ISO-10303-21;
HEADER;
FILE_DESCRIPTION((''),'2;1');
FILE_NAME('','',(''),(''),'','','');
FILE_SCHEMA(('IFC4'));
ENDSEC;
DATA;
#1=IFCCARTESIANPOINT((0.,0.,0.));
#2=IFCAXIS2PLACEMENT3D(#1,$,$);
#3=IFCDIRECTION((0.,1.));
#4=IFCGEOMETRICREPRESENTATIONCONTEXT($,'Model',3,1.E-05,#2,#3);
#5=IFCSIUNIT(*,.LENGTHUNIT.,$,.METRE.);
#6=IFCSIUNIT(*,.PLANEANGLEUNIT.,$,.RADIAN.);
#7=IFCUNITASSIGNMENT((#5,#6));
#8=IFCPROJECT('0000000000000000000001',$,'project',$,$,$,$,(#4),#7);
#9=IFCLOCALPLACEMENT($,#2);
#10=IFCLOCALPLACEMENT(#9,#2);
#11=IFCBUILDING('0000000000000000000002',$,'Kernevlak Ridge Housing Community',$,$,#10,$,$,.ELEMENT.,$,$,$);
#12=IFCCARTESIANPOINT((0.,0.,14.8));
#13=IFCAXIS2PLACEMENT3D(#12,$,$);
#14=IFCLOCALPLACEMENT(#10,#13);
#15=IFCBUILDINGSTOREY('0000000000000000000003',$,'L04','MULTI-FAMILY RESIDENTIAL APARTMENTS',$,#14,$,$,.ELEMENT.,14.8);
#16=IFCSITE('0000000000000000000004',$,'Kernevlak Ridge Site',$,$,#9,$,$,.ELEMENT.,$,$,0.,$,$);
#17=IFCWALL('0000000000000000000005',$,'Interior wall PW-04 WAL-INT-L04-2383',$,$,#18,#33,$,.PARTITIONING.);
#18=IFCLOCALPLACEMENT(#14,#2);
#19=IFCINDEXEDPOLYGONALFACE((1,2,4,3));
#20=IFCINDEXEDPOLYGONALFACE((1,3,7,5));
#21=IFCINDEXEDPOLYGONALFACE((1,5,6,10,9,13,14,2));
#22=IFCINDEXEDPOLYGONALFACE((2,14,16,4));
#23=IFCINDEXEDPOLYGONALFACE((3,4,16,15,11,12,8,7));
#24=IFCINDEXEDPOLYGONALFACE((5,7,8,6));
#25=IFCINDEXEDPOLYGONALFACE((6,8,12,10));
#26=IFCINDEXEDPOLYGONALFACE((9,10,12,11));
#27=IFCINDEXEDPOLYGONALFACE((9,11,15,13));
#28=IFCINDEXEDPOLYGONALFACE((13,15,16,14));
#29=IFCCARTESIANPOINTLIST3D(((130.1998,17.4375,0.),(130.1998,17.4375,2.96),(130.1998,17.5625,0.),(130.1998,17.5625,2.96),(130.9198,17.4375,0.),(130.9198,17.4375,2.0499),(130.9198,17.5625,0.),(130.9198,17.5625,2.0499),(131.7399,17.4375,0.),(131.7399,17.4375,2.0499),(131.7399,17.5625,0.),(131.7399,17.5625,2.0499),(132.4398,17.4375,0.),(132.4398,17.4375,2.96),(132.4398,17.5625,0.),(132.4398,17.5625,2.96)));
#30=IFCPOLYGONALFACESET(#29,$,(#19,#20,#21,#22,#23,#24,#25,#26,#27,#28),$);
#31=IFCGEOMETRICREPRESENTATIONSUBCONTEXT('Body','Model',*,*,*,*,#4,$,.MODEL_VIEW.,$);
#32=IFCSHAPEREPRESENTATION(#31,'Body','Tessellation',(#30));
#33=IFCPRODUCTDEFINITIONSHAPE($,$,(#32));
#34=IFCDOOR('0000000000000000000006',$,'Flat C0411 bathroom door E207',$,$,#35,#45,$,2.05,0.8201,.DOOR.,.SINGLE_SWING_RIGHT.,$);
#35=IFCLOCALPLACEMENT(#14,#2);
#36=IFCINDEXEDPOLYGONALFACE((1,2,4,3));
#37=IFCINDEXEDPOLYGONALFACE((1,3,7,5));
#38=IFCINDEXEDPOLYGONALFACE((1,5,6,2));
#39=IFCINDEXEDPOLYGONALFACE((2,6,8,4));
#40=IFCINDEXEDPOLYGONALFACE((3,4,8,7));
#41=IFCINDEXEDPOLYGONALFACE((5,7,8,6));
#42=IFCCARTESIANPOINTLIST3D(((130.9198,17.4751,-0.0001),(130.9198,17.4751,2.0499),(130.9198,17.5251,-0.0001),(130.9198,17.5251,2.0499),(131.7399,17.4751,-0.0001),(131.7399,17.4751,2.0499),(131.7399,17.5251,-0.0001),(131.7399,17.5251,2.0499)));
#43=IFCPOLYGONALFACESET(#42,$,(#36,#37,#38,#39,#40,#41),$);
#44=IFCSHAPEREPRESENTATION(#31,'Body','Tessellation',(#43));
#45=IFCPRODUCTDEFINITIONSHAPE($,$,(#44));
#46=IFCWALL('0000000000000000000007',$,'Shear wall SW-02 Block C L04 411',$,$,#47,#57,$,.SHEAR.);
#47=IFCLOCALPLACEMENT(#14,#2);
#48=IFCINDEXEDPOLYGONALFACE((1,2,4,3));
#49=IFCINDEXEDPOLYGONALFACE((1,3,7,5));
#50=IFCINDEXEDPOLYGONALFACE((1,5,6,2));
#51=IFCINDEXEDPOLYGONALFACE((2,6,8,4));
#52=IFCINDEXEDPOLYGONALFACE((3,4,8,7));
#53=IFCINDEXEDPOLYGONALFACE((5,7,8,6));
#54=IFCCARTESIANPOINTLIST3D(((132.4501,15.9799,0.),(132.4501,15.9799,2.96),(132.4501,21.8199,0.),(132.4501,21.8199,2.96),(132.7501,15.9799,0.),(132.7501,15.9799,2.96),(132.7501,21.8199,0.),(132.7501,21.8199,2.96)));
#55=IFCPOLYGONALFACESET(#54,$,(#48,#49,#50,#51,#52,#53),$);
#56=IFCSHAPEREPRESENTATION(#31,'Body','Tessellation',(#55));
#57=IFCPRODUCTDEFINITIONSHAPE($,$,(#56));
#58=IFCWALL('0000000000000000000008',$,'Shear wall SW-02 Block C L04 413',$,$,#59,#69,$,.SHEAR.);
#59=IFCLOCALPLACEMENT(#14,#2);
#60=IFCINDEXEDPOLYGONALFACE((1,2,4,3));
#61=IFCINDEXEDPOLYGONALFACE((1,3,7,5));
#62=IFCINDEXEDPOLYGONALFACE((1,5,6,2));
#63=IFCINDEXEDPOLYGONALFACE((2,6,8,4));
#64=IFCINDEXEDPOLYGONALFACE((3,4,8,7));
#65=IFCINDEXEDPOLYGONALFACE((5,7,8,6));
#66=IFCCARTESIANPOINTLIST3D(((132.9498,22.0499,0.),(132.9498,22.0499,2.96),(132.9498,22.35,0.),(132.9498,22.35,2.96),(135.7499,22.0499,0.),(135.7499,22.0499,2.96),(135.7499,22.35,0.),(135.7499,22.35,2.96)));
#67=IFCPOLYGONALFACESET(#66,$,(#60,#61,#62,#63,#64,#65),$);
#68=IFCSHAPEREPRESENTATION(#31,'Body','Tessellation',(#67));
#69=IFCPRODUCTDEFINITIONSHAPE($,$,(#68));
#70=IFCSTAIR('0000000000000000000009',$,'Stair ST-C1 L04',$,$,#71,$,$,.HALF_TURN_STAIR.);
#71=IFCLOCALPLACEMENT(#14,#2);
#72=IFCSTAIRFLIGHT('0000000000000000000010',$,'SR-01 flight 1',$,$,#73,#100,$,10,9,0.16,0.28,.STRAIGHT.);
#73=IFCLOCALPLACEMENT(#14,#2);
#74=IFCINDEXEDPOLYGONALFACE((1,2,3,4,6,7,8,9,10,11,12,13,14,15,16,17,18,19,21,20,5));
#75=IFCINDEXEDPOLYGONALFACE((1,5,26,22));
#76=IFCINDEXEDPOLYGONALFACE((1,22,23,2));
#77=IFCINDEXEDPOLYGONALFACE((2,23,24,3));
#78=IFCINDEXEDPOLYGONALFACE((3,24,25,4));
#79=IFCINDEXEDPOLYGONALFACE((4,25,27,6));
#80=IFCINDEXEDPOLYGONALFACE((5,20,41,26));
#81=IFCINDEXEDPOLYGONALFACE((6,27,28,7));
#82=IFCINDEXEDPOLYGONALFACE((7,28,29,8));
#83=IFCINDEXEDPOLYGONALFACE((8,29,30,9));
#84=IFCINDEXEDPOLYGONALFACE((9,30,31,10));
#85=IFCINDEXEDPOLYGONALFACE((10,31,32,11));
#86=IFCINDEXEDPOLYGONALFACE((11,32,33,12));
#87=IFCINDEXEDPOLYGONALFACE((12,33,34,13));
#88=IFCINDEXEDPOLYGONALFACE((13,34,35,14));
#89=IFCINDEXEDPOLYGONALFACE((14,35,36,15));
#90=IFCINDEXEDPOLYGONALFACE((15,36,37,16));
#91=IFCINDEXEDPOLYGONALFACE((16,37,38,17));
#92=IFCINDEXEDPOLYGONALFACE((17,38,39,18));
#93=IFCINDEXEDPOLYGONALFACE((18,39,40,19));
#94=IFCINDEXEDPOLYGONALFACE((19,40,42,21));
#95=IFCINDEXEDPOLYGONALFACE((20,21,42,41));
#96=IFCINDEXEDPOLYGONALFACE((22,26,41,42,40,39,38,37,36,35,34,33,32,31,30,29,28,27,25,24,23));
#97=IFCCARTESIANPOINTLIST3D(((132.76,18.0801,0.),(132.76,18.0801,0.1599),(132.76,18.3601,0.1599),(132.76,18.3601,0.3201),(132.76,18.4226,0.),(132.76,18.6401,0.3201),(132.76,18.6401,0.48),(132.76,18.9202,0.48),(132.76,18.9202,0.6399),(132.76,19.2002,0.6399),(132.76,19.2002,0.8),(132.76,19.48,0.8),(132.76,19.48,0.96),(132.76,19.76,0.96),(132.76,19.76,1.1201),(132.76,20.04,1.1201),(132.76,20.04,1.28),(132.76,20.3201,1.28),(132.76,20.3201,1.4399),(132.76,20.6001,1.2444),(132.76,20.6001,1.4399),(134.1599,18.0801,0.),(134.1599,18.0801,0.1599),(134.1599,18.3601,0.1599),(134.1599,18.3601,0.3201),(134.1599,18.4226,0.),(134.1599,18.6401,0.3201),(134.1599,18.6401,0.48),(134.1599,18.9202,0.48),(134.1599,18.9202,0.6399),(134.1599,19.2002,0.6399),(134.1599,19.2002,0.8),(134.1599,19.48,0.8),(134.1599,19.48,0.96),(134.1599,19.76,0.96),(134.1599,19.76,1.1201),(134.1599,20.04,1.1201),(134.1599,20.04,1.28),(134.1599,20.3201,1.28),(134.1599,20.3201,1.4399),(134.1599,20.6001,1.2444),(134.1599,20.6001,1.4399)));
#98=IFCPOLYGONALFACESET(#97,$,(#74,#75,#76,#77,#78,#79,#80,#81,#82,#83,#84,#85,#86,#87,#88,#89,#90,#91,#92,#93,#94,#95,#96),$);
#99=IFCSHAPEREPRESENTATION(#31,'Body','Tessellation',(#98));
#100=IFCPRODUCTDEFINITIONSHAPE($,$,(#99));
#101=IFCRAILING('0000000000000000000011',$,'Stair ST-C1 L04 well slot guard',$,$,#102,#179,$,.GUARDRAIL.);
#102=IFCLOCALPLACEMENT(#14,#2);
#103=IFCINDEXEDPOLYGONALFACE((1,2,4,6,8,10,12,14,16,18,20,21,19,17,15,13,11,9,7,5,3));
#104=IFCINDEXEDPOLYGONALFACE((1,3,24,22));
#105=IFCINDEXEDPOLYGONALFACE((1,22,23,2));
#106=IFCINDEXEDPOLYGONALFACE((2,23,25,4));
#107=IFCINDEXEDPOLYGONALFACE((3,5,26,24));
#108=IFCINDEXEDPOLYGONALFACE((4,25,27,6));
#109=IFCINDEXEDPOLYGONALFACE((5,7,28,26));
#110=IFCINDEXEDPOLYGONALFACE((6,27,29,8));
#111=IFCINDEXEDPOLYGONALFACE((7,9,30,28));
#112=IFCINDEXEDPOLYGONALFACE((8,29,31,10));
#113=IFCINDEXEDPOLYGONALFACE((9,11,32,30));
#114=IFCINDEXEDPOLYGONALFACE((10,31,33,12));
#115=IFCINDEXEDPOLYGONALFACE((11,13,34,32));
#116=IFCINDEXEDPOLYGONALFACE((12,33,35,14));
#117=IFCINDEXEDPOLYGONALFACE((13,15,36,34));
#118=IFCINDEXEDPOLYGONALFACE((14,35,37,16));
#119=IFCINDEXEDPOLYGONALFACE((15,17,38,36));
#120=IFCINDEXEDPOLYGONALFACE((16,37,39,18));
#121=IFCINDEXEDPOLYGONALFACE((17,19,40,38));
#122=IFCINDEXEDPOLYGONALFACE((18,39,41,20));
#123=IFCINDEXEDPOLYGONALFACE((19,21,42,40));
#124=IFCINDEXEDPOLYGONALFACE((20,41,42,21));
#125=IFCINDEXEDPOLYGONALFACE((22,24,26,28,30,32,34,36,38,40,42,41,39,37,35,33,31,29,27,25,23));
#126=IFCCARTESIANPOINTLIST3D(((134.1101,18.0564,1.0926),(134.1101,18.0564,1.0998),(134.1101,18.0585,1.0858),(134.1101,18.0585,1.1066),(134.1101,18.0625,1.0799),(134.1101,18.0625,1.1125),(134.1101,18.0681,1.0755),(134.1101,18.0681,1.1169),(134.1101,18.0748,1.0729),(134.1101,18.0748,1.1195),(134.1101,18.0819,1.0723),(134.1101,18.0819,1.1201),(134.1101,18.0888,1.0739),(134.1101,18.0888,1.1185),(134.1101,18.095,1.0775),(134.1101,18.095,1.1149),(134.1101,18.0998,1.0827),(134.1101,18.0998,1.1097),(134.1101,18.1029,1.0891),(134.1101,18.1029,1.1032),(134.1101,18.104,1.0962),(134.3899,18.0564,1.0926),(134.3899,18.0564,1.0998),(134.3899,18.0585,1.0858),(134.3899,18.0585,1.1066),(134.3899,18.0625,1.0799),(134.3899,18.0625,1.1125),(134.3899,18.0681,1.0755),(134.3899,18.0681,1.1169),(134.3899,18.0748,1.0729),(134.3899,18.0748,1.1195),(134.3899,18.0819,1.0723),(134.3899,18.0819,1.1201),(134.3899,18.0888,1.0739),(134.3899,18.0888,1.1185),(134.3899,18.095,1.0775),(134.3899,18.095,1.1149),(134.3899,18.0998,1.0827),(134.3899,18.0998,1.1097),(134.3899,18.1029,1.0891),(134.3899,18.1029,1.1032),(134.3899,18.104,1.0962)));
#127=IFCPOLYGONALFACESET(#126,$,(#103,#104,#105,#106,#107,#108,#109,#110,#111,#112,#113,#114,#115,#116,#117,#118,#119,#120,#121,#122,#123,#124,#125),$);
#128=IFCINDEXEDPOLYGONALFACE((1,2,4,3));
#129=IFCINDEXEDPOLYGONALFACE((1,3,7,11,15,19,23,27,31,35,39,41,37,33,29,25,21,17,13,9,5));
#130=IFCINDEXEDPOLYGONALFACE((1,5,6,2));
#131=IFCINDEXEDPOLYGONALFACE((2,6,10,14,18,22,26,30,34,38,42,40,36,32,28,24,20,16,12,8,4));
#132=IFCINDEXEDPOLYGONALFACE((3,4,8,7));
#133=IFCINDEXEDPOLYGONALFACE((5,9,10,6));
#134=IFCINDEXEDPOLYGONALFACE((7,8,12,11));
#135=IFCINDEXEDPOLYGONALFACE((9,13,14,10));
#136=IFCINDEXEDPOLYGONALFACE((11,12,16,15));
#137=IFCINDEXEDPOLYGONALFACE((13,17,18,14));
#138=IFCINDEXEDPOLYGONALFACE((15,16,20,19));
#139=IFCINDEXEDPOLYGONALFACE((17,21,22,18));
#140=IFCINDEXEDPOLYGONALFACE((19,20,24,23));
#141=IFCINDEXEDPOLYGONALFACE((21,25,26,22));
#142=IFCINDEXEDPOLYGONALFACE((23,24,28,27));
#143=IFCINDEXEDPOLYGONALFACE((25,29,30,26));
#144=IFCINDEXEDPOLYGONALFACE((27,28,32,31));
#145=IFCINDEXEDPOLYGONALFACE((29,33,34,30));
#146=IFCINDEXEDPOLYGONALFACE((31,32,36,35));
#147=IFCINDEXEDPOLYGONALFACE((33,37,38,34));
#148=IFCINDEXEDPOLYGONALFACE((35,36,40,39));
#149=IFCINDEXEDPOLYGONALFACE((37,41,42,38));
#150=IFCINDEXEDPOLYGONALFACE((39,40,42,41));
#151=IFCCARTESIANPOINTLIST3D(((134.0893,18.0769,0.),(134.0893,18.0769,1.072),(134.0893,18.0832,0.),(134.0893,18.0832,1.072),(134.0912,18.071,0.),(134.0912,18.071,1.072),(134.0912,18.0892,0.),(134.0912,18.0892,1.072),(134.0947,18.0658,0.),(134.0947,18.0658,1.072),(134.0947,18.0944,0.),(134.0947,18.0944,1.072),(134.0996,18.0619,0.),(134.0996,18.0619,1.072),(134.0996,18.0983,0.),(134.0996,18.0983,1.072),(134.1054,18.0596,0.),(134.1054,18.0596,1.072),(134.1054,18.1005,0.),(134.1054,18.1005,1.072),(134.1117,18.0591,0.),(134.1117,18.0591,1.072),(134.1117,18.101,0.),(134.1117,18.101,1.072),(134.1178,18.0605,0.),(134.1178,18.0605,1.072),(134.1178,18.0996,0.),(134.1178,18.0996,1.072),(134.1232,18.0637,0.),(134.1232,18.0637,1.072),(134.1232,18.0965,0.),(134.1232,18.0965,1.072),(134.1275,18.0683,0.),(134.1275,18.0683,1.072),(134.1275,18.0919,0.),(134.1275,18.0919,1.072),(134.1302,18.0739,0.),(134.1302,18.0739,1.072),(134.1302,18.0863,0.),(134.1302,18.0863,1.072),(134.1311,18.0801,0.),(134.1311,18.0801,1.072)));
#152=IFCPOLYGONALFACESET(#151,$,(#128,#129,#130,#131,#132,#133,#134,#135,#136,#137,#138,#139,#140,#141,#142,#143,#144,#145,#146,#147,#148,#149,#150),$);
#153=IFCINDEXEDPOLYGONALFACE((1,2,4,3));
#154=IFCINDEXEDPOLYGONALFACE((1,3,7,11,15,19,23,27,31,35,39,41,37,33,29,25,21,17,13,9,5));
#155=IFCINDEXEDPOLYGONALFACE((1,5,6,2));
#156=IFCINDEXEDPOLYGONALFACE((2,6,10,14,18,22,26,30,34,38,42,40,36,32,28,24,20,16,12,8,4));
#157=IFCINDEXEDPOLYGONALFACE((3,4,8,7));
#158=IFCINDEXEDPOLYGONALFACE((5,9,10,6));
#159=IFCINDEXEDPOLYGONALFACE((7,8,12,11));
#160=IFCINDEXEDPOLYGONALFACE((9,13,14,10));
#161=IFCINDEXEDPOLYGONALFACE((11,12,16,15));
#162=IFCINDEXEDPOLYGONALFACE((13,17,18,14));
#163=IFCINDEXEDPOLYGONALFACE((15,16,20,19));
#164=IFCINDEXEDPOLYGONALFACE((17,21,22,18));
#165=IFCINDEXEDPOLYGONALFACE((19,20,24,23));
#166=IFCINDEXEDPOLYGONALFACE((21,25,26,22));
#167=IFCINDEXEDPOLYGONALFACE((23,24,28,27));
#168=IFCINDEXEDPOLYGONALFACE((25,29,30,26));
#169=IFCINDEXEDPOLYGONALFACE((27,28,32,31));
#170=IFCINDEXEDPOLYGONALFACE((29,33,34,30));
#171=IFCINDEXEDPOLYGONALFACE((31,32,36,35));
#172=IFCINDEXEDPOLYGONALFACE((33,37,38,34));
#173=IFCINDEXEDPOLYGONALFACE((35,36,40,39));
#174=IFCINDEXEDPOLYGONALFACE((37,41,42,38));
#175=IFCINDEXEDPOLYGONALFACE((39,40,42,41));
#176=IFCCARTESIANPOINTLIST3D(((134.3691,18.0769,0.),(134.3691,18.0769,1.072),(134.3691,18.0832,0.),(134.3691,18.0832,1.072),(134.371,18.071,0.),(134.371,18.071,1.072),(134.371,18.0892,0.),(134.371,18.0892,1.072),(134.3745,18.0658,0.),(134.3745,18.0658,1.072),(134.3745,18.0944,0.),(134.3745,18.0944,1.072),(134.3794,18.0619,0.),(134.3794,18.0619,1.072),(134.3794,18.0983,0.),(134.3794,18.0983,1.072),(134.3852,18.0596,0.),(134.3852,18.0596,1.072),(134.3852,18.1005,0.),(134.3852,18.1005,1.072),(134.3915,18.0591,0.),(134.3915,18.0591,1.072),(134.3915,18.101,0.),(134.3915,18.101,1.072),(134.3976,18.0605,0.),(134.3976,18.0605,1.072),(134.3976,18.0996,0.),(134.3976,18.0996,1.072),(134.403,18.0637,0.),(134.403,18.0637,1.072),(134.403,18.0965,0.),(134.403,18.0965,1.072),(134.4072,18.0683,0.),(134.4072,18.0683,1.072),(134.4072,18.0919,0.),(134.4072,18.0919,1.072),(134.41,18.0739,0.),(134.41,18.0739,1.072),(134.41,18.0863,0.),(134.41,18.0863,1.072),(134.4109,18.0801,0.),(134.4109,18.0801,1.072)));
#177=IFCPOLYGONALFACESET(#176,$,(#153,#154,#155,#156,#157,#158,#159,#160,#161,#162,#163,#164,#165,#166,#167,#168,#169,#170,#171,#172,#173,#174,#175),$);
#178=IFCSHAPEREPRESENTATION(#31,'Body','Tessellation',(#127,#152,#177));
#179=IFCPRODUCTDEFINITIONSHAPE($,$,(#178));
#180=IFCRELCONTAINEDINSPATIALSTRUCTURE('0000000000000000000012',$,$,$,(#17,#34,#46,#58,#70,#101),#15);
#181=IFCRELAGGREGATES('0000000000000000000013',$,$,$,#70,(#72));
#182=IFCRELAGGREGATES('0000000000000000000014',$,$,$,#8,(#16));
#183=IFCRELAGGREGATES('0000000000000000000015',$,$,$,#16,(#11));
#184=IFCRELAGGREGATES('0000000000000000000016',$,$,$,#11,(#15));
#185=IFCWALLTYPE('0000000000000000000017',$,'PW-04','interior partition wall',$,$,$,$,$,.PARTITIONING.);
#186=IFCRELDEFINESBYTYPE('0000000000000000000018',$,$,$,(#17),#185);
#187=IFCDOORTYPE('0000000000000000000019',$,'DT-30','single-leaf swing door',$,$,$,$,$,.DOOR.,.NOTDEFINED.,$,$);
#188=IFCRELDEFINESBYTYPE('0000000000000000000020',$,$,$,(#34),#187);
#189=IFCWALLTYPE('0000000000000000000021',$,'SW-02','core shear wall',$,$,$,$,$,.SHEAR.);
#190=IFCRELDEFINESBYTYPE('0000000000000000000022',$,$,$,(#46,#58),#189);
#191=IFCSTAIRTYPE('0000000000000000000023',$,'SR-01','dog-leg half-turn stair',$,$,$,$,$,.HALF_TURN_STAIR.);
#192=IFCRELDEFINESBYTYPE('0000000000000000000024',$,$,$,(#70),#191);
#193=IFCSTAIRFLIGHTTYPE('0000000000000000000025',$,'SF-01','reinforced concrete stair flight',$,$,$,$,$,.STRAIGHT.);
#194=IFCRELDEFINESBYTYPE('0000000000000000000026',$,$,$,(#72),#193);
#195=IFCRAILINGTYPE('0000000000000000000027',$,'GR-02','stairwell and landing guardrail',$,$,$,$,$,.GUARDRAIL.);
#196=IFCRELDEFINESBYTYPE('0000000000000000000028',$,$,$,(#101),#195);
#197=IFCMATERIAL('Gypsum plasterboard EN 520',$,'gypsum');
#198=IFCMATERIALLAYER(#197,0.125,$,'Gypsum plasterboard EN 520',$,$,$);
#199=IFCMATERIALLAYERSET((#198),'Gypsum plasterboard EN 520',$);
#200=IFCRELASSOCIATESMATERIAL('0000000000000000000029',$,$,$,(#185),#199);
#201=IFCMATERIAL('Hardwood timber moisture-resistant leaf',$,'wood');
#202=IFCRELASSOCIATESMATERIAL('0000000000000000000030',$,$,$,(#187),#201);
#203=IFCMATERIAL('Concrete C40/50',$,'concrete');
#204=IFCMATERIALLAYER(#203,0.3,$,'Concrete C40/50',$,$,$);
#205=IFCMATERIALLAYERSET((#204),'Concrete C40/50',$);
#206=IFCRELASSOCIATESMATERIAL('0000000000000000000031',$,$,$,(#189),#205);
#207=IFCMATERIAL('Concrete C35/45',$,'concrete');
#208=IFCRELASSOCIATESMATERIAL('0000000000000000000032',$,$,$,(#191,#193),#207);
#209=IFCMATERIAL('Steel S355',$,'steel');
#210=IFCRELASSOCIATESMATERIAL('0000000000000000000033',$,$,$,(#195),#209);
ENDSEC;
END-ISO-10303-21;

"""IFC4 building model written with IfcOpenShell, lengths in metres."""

from ifc_helpers import new_model, si_unit, direction, frame, frame_2d, origin, origin_2d, place, context, subcontext, project, spatial, polyline, rectangle, circle, outline, extrude, material, layer, layer_set, type_object, element, fill, aggregate, save


model = new_model("IFC4")

# Units and contexts
model_context = context("Model", 3, precision=1e-05, world=origin(), true_north=direction((0.0, 1.0)))
body_context = subcontext(model_context, "Body", "Model", "MODEL_VIEW")
ifc_project = project(units=[si_unit("LENGTHUNIT", "METRE"), si_unit("PLANEANGLEUNIT", "RADIAN")], contexts=[model_context])

# Site, building, storey
site_placement = place(None, origin())
site = spatial("IfcSite", under=ifc_project, at=site_placement, Name="Kernevlak Ridge Site", CompositionType="ELEMENT", RefElevation=0.0)
building_placement = place(site_placement, origin())
building = spatial("IfcBuilding", under=site, at=building_placement, Name="Kernevlak Ridge Housing Community", CompositionType="ELEMENT")
storey_placement = place(building_placement, frame((0.0, 0.0, 14.8)))
storey = spatial("IfcBuildingStorey", under=building, at=storey_placement, Name="L04", Description="MULTI-FAMILY RESIDENTIAL APARTMENTS", CompositionType="ELEMENT", Elevation=14.8)

# Shared definitions
ifc_material_1 = material(Name="Concrete C35/45", Category="concrete")

# Wall, opening, door
ifc_material_2 = material(Name="Gypsum plasterboard EN 520", Category="gypsum")
ifc_layer_1 = layer(ifc_material_2, 0.125, Name="Gypsum plasterboard EN 520")
ifc_layer_set_1 = layer_set([ifc_layer_1], Name="Gypsum plasterboard EN 520")
wall_type_1 = type_object("IfcWallType", Name="PW-04", Description="interior partition wall", PredefinedType="PARTITIONING", material=ifc_layer_set_1)
wall_1_placement = place(storey_placement, frame((132.4399, 17.5, 0.0), z_axis=(0.0, 0.0, 1.0), x_axis=(-1.0, 0.0, 0.0)))
wall_1 = element("IfcWall", 1, at=wall_1_placement, inside=storey, type_object=wall_type_1, Name="Interior wall PW-04 WAL-INT-L04-2383", PredefinedType="PARTITIONING", context=body_context, shape_type="SweptSolid", body=[
    extrude(rectangle(XDim=2.24, YDim=0.125, at=frame_2d((1.1201, 0.0))), origin(), (0.0, 0.0, 1.0), 2.96),
])
opening_1_placement = place(wall_1_placement, frame((0.7, 0.0, 0.0)))
opening_1 = element("IfcOpeningElement", 2, at=opening_1_placement, cuts=wall_1, PredefinedType="OPENING", context=body_context, shape_type="SweptSolid", body=[
    extrude(rectangle(XDim=0.8201, YDim=2.05, at=frame_2d((0.4102, 1.0249))), frame((0.0, 0.0725, 0.0), z_axis=(0.0, -1.0, 0.0), x_axis=(1.0, 0.0, 0.0)), (0.0, 0.0, 1.0), 0.145),
])
ifc_material_3 = material(Name="Hardwood timber moisture-resistant leaf", Category="wood")
door_type_1 = type_object("IfcDoorType", Name="DT-30", Description="single-leaf swing door", OperationType="NOTDEFINED", PredefinedType="DOOR", material=ifc_material_3)
door_1_placement = place(opening_1_placement, origin())
door_1 = element("IfcDoor", 3, at=door_1_placement, inside=storey, type_object=door_type_1, Name="Flat C0411 bathroom door E207", OperationType="SINGLE_SWING_RIGHT", OverallHeight=2.05, OverallWidth=0.8201, PredefinedType="DOOR", context=body_context, shape_type="SweptSolid", body=[
    extrude(rectangle(XDim=0.8201, YDim=2.05, at=frame_2d((0.4102, 1.0249))), frame((0.0, 0.0249, 0.0), z_axis=(0.0, -1.0, 0.0), x_axis=(1.0, 0.0, 0.0)), (0.0, 0.0, 1.0), 0.05),
])
fill(opening_1, door_1)

# Walls
ifc_material_4 = material(Name="Concrete C40/50", Category="concrete")
ifc_layer_2 = layer(ifc_material_4, 0.3, Name="Concrete C40/50")
ifc_layer_set_2 = layer_set([ifc_layer_2], Name="Concrete C40/50")
wall_type_2 = type_object("IfcWallType", Name="SW-02", Description="core shear wall", PredefinedType="SHEAR", material=ifc_layer_set_2)
wall_2_placement = place(storey_placement, frame((132.6001, 15.98, 0.0), z_axis=(0.0, 0.0, 1.0), x_axis=(0.0, 1.0, 0.0)))
element("IfcWall", 4, at=wall_2_placement, inside=storey, type_object=wall_type_2, Name="Shear wall SW-02 Block C L04 411", PredefinedType="SHEAR", context=body_context, shape_type="SweptSolid", body=[
    extrude(rectangle(XDim=5.8401, YDim=0.3, at=frame_2d((2.9199, 0.0))), origin(), (0.0, 0.0, 1.0), 2.96),
])
wall_3_placement = place(storey_placement, frame((132.95, 22.2, 0.0), z_axis=(0.0, 0.0, 1.0), x_axis=(1.0, 0.0, 0.0)))
element("IfcWall", 5, at=wall_3_placement, inside=storey, type_object=wall_type_2, Name="Shear wall SW-02 Block C L04 413", PredefinedType="SHEAR", context=body_context, shape_type="SweptSolid", body=[
    extrude(rectangle(XDim=2.8, YDim=0.3, at=frame_2d((1.3999, 0.0))), origin(), (0.0, 0.0, 1.0), 2.96),
])

# Stair, stair flight
stair_type = type_object("IfcStairType", Name="SR-01", Description="dog-leg half-turn stair", PredefinedType="HALF_TURN_STAIR", material=ifc_material_1)
stair_placement = place(storey_placement, origin())
stair = element("IfcStair", 6, at=stair_placement, inside=storey, type_object=stair_type, Name="Stair ST-C1 L04", PredefinedType="HALF_TURN_STAIR")
stair_flight_type = type_object("IfcStairFlightType", Name="SF-01", Description="reinforced concrete stair flight", PredefinedType="STRAIGHT", material=ifc_material_1)
stair_flight_placement = place(storey_placement, frame((133.46, 18.0801, 0.0), z_axis=(0.0, 0.0, 1.0), x_axis=(0.0, 1.0, 0.0)))
stair_flight = element("IfcStairFlight", 7, at=stair_flight_placement, type_object=stair_flight_type, Name="SR-01 flight 1", NumberOfRisers=10, NumberOfTreads=9, PredefinedType="STRAIGHT", RiserHeight=0.16, TreadLength=0.28, context=body_context, shape_type="SweptSolid", body=[
    extrude(outline(polyline([(0.0, 0.0), (0.0, 0.1599), (0.28, 0.1599), (0.28, 0.3201), (0.5601, 0.3201), (0.5601, 0.48), (0.8401, 0.48), (0.8401, 0.6399), (1.1201, 0.6399), (1.1201, 0.8), (1.3999, 0.8), (1.3999, 0.96), (1.6799, 0.96), (1.6799, 1.1201), (1.96, 1.1201), (1.96, 1.28), (2.24, 1.28), (2.24, 1.4399), (2.52, 1.4399), (2.52, 1.6001), (2.52, 1.2444), (0.3425, 0.0), (0.0, 0.0)])), frame((0.0, 0.7, 0.0), z_axis=(0.0, -1.0, 0.0), x_axis=(1.0, 0.0, 0.0)), (0.0, 0.0, 1.0), 1.3999),
])
aggregate(stair, [stair_flight])

# Railing
ifc_material_5 = material(Name="Steel S355", Category="steel")
railing_type_1 = type_object("IfcRailingType", Name="GR-02", Description="stairwell and landing guardrail", PredefinedType="GUARDRAIL", material=ifc_material_5)
railing_1_placement = place(storey_placement, frame((134.1101, 18.0801, 0.0)))
element("IfcRailing", 8, at=railing_1_placement, inside=storey, type_object=railing_type_1, Name="Stair ST-C1 L04 well slot guard", PredefinedType="GUARDRAIL", context=body_context, shape_type="SweptSolid", body=[
    extrude(circle(Radius=0.0239, at=origin_2d()), frame((0.0, 0.0, 1.0962), z_axis=(1.0, 0.0, 0.0), x_axis=(0.0, 1.0, 0.0)), (0.0, 0.0, 1.0), 0.2798),
    extrude(circle(Radius=0.021, at=origin_2d()), origin(), (0.0, 0.0, 1.0), 1.072),
    extrude(circle(Radius=0.021, at=origin_2d()), frame((0.2798, 0.0, 0.0)), (0.0, 0.0, 1.0), 1.072),
])

save(model, "model.ifc")
